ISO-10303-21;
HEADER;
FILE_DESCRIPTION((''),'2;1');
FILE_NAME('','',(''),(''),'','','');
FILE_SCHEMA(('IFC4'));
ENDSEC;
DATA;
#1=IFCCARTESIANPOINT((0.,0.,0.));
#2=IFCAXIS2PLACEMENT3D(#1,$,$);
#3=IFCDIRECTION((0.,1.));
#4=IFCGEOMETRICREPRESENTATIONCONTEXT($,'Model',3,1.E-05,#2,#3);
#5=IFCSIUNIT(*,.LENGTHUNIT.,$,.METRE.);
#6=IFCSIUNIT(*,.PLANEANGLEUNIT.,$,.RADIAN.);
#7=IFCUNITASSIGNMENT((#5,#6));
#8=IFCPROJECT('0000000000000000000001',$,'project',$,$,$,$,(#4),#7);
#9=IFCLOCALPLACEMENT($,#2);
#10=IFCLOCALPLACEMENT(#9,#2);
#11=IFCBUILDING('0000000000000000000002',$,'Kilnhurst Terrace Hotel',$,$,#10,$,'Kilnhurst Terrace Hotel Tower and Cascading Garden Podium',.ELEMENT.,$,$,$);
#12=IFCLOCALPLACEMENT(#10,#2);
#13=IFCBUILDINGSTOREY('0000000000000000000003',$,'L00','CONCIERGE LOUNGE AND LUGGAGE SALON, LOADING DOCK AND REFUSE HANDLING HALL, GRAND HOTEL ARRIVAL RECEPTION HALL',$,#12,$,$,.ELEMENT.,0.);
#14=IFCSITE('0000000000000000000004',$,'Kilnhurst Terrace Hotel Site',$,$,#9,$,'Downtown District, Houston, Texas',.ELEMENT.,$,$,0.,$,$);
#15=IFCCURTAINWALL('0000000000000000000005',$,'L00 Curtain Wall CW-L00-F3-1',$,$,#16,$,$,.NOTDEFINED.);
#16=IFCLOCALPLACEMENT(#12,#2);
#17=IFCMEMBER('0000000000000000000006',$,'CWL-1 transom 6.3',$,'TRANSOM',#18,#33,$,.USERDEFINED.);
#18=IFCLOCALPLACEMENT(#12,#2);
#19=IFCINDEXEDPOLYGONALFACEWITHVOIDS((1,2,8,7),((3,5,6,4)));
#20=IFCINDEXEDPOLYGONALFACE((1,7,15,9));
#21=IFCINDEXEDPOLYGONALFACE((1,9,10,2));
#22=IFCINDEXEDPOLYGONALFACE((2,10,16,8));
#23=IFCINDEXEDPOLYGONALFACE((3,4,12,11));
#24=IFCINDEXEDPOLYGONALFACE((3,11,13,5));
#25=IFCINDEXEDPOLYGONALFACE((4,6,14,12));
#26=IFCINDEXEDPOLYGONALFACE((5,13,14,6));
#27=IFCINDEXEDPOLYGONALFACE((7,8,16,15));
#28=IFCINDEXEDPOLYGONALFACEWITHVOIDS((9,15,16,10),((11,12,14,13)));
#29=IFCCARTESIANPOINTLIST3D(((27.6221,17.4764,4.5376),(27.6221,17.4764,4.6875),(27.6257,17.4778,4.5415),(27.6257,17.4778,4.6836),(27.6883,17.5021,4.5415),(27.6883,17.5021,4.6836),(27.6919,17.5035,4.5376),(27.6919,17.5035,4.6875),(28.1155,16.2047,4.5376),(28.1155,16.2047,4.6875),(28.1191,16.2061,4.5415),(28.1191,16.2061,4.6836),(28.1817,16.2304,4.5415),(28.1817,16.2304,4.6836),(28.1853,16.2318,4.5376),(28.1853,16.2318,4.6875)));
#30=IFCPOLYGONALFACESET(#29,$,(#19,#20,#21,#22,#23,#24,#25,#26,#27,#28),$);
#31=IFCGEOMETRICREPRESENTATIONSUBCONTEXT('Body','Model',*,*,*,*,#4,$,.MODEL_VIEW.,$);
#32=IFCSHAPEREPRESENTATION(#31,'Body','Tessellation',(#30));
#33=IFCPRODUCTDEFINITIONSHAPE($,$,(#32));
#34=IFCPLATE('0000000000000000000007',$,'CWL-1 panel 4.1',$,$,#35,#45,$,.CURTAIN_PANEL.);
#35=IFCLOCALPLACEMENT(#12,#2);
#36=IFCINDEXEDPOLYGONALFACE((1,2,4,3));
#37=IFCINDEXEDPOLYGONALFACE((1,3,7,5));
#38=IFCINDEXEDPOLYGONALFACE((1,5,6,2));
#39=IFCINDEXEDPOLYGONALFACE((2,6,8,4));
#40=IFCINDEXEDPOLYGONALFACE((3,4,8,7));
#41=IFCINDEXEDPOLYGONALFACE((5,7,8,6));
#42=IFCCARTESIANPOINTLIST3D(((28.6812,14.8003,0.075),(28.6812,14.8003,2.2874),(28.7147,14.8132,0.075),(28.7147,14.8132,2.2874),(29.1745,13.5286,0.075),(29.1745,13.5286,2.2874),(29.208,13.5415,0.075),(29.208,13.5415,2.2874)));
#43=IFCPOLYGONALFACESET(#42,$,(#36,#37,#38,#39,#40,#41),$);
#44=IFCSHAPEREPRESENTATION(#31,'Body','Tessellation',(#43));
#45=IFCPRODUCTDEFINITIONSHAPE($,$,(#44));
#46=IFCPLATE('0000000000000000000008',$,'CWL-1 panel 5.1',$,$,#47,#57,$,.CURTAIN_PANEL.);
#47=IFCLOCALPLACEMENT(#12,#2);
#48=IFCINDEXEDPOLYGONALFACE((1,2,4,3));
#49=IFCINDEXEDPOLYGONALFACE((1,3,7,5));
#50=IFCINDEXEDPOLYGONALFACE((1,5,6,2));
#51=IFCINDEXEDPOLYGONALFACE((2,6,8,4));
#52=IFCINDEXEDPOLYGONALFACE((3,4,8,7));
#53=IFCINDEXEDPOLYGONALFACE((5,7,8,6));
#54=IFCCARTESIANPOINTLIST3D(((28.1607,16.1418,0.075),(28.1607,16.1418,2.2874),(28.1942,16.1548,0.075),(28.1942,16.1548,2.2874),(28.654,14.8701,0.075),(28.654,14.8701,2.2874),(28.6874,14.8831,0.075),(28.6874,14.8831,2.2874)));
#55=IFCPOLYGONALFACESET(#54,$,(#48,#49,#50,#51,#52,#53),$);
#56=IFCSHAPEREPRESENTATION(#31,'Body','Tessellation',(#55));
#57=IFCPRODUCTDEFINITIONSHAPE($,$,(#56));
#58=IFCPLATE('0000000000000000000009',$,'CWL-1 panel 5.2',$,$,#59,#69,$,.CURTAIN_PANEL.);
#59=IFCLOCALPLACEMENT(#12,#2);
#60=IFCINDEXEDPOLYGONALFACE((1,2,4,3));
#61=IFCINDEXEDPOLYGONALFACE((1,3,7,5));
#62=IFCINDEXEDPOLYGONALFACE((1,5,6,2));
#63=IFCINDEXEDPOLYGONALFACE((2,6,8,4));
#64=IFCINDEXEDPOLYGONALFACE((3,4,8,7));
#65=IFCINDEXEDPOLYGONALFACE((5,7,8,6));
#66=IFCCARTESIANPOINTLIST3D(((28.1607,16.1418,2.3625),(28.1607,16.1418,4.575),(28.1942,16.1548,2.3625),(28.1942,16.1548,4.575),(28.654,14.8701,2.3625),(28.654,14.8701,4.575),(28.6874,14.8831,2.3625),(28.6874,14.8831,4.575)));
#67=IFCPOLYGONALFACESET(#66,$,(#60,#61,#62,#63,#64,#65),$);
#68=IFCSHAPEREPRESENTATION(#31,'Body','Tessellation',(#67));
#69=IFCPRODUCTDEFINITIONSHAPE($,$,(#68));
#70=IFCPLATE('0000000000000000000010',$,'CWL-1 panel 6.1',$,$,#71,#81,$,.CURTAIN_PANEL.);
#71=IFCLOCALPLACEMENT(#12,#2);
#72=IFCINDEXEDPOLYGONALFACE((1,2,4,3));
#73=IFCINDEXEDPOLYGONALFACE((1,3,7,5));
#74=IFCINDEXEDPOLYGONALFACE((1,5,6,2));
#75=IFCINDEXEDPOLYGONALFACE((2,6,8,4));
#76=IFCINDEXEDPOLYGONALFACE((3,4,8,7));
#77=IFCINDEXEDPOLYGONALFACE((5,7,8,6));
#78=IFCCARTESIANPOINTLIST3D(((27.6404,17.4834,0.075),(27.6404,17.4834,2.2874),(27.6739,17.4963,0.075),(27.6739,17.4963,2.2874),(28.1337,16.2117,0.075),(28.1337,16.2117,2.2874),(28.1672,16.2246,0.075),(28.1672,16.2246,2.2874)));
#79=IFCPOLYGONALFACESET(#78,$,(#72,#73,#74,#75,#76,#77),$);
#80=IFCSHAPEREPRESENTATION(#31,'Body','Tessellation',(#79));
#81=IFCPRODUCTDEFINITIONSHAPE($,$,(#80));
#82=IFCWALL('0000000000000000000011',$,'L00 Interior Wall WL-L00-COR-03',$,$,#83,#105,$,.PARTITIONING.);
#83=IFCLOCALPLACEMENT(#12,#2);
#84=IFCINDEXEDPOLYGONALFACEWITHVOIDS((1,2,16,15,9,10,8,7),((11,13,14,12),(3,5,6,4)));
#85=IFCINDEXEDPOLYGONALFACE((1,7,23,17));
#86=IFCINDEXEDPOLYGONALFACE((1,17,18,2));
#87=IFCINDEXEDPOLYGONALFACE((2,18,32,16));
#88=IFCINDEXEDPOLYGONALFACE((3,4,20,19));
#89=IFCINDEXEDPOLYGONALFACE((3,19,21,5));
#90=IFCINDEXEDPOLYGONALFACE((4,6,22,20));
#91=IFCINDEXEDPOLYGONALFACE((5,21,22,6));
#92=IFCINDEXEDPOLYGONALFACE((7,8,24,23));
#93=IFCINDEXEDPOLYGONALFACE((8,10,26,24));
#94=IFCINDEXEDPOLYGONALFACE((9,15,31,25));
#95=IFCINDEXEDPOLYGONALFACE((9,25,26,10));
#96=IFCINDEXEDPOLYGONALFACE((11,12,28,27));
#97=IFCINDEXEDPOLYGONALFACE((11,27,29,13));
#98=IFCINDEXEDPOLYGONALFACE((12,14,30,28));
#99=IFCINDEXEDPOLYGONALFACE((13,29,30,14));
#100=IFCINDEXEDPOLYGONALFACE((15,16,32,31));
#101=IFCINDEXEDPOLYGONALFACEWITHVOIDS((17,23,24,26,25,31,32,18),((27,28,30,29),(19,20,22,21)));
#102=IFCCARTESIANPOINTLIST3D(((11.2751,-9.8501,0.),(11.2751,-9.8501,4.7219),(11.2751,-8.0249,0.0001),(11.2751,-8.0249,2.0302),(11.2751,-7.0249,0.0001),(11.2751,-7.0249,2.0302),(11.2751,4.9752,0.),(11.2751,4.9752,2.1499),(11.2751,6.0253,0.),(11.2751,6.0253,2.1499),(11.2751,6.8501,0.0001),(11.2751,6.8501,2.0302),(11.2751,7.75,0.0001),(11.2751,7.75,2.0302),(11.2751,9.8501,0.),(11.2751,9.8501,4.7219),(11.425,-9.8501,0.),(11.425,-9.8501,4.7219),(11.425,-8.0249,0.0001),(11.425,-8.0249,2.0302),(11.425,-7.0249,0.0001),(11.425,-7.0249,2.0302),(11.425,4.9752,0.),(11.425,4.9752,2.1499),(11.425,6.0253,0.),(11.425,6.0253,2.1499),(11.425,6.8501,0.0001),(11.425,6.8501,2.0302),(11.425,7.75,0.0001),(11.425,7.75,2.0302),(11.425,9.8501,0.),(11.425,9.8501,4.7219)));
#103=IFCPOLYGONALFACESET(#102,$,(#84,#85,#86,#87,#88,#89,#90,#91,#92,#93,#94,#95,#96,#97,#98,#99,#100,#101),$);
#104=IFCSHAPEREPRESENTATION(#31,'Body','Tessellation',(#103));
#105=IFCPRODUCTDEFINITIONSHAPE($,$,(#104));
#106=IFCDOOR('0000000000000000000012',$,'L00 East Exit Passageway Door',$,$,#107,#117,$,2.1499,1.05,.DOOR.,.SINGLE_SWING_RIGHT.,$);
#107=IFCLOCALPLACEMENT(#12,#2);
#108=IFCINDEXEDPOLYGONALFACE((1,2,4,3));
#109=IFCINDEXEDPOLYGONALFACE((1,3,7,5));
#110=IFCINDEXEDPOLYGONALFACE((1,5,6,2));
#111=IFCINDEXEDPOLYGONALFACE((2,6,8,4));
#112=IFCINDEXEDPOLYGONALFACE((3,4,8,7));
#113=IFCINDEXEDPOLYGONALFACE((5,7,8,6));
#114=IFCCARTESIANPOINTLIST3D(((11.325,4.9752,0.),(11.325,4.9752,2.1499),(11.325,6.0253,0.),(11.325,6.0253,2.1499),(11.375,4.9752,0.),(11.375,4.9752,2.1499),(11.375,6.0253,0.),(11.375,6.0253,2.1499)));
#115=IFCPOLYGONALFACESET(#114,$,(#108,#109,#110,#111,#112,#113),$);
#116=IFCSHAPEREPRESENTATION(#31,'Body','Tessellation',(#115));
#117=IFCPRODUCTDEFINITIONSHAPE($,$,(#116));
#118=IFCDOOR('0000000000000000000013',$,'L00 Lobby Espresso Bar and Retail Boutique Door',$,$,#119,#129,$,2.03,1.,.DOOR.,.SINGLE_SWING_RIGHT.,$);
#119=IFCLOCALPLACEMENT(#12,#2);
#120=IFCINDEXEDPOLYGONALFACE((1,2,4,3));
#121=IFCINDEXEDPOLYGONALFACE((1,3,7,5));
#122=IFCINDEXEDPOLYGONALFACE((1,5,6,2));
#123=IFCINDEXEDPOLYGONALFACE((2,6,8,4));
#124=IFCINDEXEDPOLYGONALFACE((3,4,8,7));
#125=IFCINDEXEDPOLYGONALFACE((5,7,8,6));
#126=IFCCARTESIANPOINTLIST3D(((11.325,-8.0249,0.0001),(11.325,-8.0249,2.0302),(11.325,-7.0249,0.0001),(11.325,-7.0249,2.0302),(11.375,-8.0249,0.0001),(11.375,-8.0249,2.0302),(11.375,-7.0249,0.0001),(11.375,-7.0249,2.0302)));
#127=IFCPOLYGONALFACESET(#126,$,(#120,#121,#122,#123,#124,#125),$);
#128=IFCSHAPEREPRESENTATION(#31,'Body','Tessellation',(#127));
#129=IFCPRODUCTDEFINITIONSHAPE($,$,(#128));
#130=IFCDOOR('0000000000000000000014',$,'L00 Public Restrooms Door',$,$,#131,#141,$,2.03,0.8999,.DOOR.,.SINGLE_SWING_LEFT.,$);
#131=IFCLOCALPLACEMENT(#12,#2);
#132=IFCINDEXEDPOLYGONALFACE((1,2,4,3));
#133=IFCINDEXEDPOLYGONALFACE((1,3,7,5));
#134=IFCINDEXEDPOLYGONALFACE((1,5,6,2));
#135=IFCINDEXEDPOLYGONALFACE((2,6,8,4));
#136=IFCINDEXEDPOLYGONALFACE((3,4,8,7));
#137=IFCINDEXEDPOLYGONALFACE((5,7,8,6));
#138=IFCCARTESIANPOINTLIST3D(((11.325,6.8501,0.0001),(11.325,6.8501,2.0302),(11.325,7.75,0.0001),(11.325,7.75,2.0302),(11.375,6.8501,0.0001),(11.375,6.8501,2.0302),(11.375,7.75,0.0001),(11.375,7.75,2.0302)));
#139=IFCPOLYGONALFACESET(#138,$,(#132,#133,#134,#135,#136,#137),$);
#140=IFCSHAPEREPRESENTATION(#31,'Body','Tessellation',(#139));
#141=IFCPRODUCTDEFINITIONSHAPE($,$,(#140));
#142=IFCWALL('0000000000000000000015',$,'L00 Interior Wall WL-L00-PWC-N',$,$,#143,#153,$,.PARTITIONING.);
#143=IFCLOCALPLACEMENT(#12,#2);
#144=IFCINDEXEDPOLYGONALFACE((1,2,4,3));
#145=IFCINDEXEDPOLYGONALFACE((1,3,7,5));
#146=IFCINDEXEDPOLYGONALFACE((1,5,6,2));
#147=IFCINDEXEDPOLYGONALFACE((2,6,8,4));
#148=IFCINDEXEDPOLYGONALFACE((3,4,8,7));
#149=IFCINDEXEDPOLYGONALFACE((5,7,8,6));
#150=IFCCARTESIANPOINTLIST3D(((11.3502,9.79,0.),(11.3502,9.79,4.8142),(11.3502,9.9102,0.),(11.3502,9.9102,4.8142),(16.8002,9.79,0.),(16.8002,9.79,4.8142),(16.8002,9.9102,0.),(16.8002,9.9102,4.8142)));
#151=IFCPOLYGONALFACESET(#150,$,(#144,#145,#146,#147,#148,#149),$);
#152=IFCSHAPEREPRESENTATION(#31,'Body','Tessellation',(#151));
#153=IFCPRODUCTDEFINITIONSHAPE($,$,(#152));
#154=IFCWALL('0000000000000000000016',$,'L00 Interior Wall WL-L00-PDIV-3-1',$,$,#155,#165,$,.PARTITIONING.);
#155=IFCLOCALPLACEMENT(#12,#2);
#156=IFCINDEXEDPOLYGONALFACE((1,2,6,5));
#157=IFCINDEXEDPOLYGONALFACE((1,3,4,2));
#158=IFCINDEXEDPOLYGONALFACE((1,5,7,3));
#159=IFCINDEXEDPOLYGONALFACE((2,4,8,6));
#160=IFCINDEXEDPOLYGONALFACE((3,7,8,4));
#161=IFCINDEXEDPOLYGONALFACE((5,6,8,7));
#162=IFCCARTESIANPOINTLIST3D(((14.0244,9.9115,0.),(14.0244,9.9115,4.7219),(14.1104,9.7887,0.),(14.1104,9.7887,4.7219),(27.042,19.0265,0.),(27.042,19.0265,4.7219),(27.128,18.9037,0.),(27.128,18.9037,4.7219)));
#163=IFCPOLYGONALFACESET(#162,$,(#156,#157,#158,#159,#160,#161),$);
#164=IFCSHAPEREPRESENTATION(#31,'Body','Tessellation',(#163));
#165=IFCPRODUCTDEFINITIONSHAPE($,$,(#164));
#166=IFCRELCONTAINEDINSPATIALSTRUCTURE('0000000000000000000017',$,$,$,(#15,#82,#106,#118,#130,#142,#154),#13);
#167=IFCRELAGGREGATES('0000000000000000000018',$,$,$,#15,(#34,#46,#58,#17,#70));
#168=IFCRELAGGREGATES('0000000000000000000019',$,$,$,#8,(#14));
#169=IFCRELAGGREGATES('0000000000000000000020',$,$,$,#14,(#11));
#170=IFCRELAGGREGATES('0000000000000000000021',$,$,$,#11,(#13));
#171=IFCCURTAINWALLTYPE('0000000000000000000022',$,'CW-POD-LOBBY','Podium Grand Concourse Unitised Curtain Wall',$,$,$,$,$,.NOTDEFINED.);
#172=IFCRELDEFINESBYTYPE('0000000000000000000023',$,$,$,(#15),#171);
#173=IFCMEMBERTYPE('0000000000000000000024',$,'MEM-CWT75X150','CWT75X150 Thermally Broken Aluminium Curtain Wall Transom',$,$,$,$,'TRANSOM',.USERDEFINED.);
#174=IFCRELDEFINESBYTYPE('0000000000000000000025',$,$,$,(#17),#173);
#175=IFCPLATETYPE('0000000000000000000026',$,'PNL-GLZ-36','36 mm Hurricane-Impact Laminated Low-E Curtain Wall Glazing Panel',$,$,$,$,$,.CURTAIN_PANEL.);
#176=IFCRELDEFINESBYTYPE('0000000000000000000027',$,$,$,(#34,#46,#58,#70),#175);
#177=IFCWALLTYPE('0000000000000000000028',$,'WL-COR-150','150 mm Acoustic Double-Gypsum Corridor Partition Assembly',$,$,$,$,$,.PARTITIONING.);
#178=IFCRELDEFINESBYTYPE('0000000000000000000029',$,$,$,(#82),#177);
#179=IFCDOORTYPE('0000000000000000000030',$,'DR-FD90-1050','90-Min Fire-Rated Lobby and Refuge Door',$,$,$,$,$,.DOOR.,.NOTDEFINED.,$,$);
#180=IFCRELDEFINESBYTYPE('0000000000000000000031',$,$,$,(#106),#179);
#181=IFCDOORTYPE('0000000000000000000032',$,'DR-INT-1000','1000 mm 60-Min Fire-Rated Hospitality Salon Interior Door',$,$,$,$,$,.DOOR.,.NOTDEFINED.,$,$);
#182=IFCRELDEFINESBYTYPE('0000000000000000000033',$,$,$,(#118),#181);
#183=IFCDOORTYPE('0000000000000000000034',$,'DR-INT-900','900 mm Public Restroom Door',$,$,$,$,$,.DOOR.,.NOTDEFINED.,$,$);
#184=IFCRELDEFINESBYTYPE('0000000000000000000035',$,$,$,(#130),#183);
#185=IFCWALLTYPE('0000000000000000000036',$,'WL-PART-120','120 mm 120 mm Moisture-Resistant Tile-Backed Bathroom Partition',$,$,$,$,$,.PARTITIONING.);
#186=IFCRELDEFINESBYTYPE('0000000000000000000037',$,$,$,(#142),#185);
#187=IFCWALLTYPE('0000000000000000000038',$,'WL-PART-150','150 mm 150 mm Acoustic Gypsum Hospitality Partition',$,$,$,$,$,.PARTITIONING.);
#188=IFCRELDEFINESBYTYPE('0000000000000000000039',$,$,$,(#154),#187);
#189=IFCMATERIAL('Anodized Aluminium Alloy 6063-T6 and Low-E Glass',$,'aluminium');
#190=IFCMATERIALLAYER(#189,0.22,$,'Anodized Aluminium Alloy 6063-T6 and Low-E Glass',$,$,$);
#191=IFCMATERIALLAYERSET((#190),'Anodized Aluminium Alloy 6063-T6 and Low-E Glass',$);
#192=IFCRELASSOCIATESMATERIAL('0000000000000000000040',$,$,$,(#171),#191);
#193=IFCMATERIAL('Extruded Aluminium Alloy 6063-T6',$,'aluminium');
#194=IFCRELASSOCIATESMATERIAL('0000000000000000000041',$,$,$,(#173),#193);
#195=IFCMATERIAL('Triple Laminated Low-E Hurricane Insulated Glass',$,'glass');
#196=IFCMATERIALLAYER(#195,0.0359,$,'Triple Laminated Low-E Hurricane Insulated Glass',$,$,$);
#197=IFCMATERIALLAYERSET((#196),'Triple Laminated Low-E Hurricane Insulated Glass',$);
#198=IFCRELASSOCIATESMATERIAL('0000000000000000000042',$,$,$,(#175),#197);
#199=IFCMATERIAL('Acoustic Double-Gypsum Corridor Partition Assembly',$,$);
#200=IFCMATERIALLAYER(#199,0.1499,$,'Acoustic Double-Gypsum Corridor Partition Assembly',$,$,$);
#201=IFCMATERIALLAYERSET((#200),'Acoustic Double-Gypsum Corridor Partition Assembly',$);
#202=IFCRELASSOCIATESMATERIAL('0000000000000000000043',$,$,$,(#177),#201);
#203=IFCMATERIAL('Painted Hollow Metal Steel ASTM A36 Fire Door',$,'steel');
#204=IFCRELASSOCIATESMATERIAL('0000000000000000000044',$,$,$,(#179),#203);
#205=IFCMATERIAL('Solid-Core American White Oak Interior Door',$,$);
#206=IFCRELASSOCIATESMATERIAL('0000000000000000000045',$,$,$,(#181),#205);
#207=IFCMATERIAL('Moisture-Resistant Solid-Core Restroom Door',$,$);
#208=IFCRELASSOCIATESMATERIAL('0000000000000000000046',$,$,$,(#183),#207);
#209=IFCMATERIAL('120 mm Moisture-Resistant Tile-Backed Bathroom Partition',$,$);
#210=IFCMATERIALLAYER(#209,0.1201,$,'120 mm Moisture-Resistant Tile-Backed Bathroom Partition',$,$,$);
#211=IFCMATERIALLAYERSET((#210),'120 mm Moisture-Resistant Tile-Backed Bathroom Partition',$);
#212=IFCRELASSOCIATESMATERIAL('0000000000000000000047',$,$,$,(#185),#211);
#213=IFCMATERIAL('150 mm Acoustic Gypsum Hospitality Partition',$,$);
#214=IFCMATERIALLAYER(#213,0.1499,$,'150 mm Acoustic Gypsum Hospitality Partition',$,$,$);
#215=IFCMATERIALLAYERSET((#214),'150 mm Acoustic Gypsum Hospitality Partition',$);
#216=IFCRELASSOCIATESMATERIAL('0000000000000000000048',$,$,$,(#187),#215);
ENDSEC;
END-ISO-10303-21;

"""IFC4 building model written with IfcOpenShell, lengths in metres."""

from ifc_helpers import new_model, si_unit, direction, frame, frame_2d, origin, origin_2d, place, context, subcontext, project, spatial, rectangle, hollow_rectangle, extrude, material, layer, layer_set, material_profile, profile_set, type_object, element, fill, aggregate, save


model = new_model("IFC4")

# Units and contexts
model_context = context("Model", 3, precision=1e-05, world=origin(), true_north=direction((0.0, 1.0)))
body_context = subcontext(model_context, "Body", "Model", "MODEL_VIEW")
ifc_project = project(units=[si_unit("LENGTHUNIT", "METRE"), si_unit("PLANEANGLEUNIT", "RADIAN")], contexts=[model_context])

# Site, building, storey
site_placement = place(None, origin())
site = spatial("IfcSite", under=ifc_project, at=site_placement, Name="Kilnhurst Terrace Hotel Site", LongName="Downtown District, Houston, Texas", CompositionType="ELEMENT", RefElevation=0.0)
building_placement = place(site_placement, origin())
building = spatial("IfcBuilding", under=site, at=building_placement, Name="Kilnhurst Terrace Hotel", LongName="Kilnhurst Terrace Hotel Tower and Cascading Garden Podium", CompositionType="ELEMENT")
storey_placement = place(building_placement, origin())
storey = spatial("IfcBuildingStorey", under=building, at=storey_placement, Name="L00", Description="CONCIERGE LOUNGE AND LUGGAGE SALON, LOADING DOCK AND REFUSE HANDLING HALL, GRAND HOTEL ARRIVAL RECEPTION HALL", CompositionType="ELEMENT", Elevation=0.0)

# Curtain wall, member, plates
ifc_material_1 = material(Name="Anodized Aluminium Alloy 6063-T6 and Low-E Glass", Category="aluminium")
ifc_layer_1 = layer(ifc_material_1, 0.22, Name="Anodized Aluminium Alloy 6063-T6 and Low-E Glass")
ifc_layer_set_1 = layer_set([ifc_layer_1], Name="Anodized Aluminium Alloy 6063-T6 and Low-E Glass")
curtain_wall_type = type_object("IfcCurtainWallType", Name="CW-POD-LOBBY", Description="Podium Grand Concourse Unitised Curtain Wall", PredefinedType="NOTDEFINED", material=ifc_layer_set_1)
curtain_wall_placement = place(storey_placement, origin())
curtain_wall = element("IfcCurtainWall", 1, at=curtain_wall_placement, inside=storey, type_object=curtain_wall_type, Name="L00 Curtain Wall CW-L00-F3-1", PredefinedType="NOTDEFINED")
ifc_material_2 = material(Name="Extruded Aluminium Alloy 6063-T6", Category="aluminium")
ifc_material_profile_1 = material_profile(ifc_material_2, hollow_rectangle(XDim=0.075, YDim=0.1499, WallThickness=0.0039, at=origin_2d()), Name="CWT75X150")
ifc_profile_set_1 = profile_set([ifc_material_profile_1], Name="Extruded Aluminium Alloy 6063-T6")
member_type_1 = type_object("IfcMemberType", Name="MEM-CWT75X150", Description="CWT75X150 Thermally Broken Aluminium Curtain Wall Transom", ElementType="TRANSOM", PredefinedType="USERDEFINED", material=ifc_profile_set_1)
member_1_placement = place(storey_placement, frame((28.1504, 16.2183, 4.6125), z_axis=(-0.361712, 0.93229, 0.0), x_axis=(-0.93229, -0.361712, 0.0)))
member_1 = element("IfcMember", 2, at=member_1_placement, type_object=member_type_1, Name="CWL-1 transom 6.3", ObjectType="TRANSOM", PredefinedType="USERDEFINED", context=body_context, shape_type="SweptSolid", body=[
    extrude(hollow_rectangle(XDim=0.075, YDim=0.1499, WallThickness=0.0039, at=origin_2d()), origin(), (0.0, 0.0, 1.0), 1.364),
])
ifc_material_3 = material(Name="Triple Laminated Low-E Hurricane Insulated Glass", Category="glass")
ifc_layer_2 = layer(ifc_material_3, 0.0359, Name="Triple Laminated Low-E Hurricane Insulated Glass")
ifc_layer_set_2 = layer_set([ifc_layer_2], Name="Triple Laminated Low-E Hurricane Insulated Glass")
plate_type = type_object("IfcPlateType", Name="PNL-GLZ-36", Description="36 mm Hurricane-Impact Laminated Low-E Curtain Wall Glazing Panel", PredefinedType="CURTAIN_PANEL", material=ifc_layer_set_2)
plate_1_placement = place(storey_placement, frame((28.9446, 14.1709, 0.075), z_axis=(0.0, 0.0, 1.0), x_axis=(-0.361639, 0.932318, 0.0)))
plate_1 = element("IfcPlate", 3, at=plate_1_placement, type_object=plate_type, Name="CWL-1 panel 4.1", PredefinedType="CURTAIN_PANEL", context=body_context, shape_type="SweptSolid", body=[
    extrude(rectangle(XDim=1.364, YDim=0.0359, at=origin_2d()), origin(), (0.0, 0.0, 1.0), 2.2124),
])
plate_2_placement = place(storey_placement, frame((28.4241, 15.5125, 0.075), z_axis=(0.0, 0.0, 1.0), x_axis=(-0.361639, 0.932318, 0.0)))
plate_2 = element("IfcPlate", 4, at=plate_2_placement, type_object=plate_type, Name="CWL-1 panel 5.1", PredefinedType="CURTAIN_PANEL", context=body_context, shape_type="SweptSolid", body=[
    extrude(rectangle(XDim=1.364, YDim=0.0359, at=origin_2d()), origin(), (0.0, 0.0, 1.0), 2.2124),
])
plate_3_placement = place(storey_placement, frame((28.4241, 15.5125, 2.3625), z_axis=(0.0, 0.0, 1.0), x_axis=(-0.361639, 0.932318, 0.0)))
plate_3 = element("IfcPlate", 5, at=plate_3_placement, type_object=plate_type, Name="CWL-1 panel 5.2", PredefinedType="CURTAIN_PANEL", context=body_context, shape_type="SweptSolid", body=[
    extrude(rectangle(XDim=1.364, YDim=0.0359, at=origin_2d()), origin(), (0.0, 0.0, 1.0), 2.2124),
])
plate_4_placement = place(storey_placement, frame((27.9038, 16.854, 0.075), z_axis=(0.0, 0.0, 1.0), x_axis=(-0.361639, 0.932318, 0.0)))
plate_4 = element("IfcPlate", 6, at=plate_4_placement, type_object=plate_type, Name="CWL-1 panel 6.1", PredefinedType="CURTAIN_PANEL", context=body_context, shape_type="SweptSolid", body=[
    extrude(rectangle(XDim=1.364, YDim=0.0359, at=origin_2d()), origin(), (0.0, 0.0, 1.0), 2.2124),
])
aggregate(curtain_wall, [plate_1, plate_2, plate_3, member_1, plate_4])

# Wall, openings, doors
ifc_material_4 = material(Name="Acoustic Double-Gypsum Corridor Partition Assembly")
ifc_layer_3 = layer(ifc_material_4, 0.1499, Name="Acoustic Double-Gypsum Corridor Partition Assembly")
ifc_layer_set_3 = layer_set([ifc_layer_3], Name="Acoustic Double-Gypsum Corridor Partition Assembly")
wall_type_1 = type_object("IfcWallType", Name="WL-COR-150", Description="150 mm Acoustic Double-Gypsum Corridor Partition Assembly", PredefinedType="PARTITIONING", material=ifc_layer_set_3)
wall_1_placement = place(storey_placement, frame((11.3501, 9.8501, 0.0), z_axis=(0.0, 0.0, 1.0), x_axis=(0.0, -1.0, 0.0)))
wall_1 = element("IfcWall", 7, at=wall_1_placement, inside=storey, type_object=wall_type_1, Name="L00 Interior Wall WL-L00-COR-03", PredefinedType="PARTITIONING", context=body_context, shape_type="SweptSolid", body=[
    extrude(rectangle(XDim=19.7002, YDim=0.1499, at=frame_2d((9.8501, 0.0))), origin(), (0.0, 0.0, 1.0), 4.7219),
])
opening_1_placement = place(wall_1_placement, frame((3.825, 0.0, 0.0)))
opening_1 = element("IfcOpeningElement", 8, at=opening_1_placement, cuts=wall_1, PredefinedType="OPENING", context=body_context, shape_type="SweptSolid", body=[
    extrude(rectangle(XDim=1.05, YDim=2.1499, at=frame_2d((0.5249, 1.075))), frame((0.0, 0.085, 0.0), z_axis=(0.0, -1.0, 0.0), x_axis=(1.0, 0.0, 0.0)), (0.0, 0.0, 1.0), 0.1699),
])
opening_2_placement = place(wall_1_placement, frame((2.1001, 0.0, 0.0)))
opening_2 = element("IfcOpeningElement", 9, at=opening_2_placement, cuts=wall_1, PredefinedType="OPENING", context=body_context, shape_type="SweptSolid", body=[
    extrude(rectangle(XDim=0.8999, YDim=2.03, at=frame_2d((0.45, 1.0151))), frame((0.0, 0.085, 0.0), z_axis=(0.0, -1.0, 0.0), x_axis=(1.0, 0.0, 0.0)), (0.0, 0.0, 1.0), 0.1699),
])
opening_3_placement = place(wall_1_placement, frame((16.875, 0.0, 0.0)))
opening_3 = element("IfcOpeningElement", 10, at=opening_3_placement, cuts=wall_1, PredefinedType="OPENING", context=body_context, shape_type="SweptSolid", body=[
    extrude(rectangle(XDim=1.0, YDim=2.03, at=frame_2d((0.5, 1.0151))), frame((0.0, 0.085, 0.0), z_axis=(0.0, -1.0, 0.0), x_axis=(1.0, 0.0, 0.0)), (0.0, 0.0, 1.0), 0.1699),
])
ifc_material_5 = material(Name="Painted Hollow Metal Steel ASTM A36 Fire Door", Category="steel")
door_type_1 = type_object("IfcDoorType", Name="DR-FD90-1050", Description="90-Min Fire-Rated Lobby and Refuge Door", OperationType="NOTDEFINED", PredefinedType="DOOR", material=ifc_material_5)
door_1_placement = place(opening_1_placement, origin())
door_1 = element("IfcDoor", 11, at=door_1_placement, inside=storey, type_object=door_type_1, Name="L00 East Exit Passageway Door", OperationType="SINGLE_SWING_RIGHT", OverallHeight=2.1499, OverallWidth=1.05, PredefinedType="DOOR", context=body_context, shape_type="SweptSolid", body=[
    extrude(rectangle(XDim=1.05, YDim=2.1499, at=frame_2d((0.5249, 1.075))), frame((0.0, 0.0249, 0.0), z_axis=(0.0, -1.0, 0.0), x_axis=(1.0, 0.0, 0.0)), (0.0, 0.0, 1.0), 0.05),
])
fill(opening_1, door_1)
ifc_material_6 = material(Name="Solid-Core American White Oak Interior Door")
door_type_2 = type_object("IfcDoorType", Name="DR-INT-1000", Description="1000 mm 60-Min Fire-Rated Hospitality Salon Interior Door", OperationType="NOTDEFINED", PredefinedType="DOOR", material=ifc_material_6)
door_2_placement = place(opening_3_placement, origin())
door_2 = element("IfcDoor", 12, at=door_2_placement, inside=storey, type_object=door_type_2, Name="L00 Lobby Espresso Bar and Retail Boutique Door", OperationType="SINGLE_SWING_RIGHT", OverallHeight=2.03, OverallWidth=1.0, PredefinedType="DOOR", context=body_context, shape_type="SweptSolid", body=[
    extrude(rectangle(XDim=1.0, YDim=2.03, at=frame_2d((0.5, 1.0151))), frame((0.0, 0.0249, 0.0), z_axis=(0.0, -1.0, 0.0), x_axis=(1.0, 0.0, 0.0)), (0.0, 0.0, 1.0), 0.05),
])
fill(opening_3, door_2)
ifc_material_7 = material(Name="Moisture-Resistant Solid-Core Restroom Door")
door_type_3 = type_object("IfcDoorType", Name="DR-INT-900", Description="900 mm Public Restroom Door", OperationType="NOTDEFINED", PredefinedType="DOOR", material=ifc_material_7)
door_3_placement = place(opening_2_placement, origin())
door_3 = element("IfcDoor", 13, at=door_3_placement, inside=storey, type_object=door_type_3, Name="L00 Public Restrooms Door", OperationType="SINGLE_SWING_LEFT", OverallHeight=2.03, OverallWidth=0.8999, PredefinedType="DOOR", context=body_context, shape_type="SweptSolid", body=[
    extrude(rectangle(XDim=0.8999, YDim=2.03, at=frame_2d((0.45, 1.0151))), frame((0.0, 0.0249, 0.0), z_axis=(0.0, -1.0, 0.0), x_axis=(1.0, 0.0, 0.0)), (0.0, 0.0, 1.0), 0.05),
])
fill(opening_2, door_3)

# Walls
ifc_material_8 = material(Name="120 mm Moisture-Resistant Tile-Backed Bathroom Partition")
ifc_layer_4 = layer(ifc_material_8, 0.1201, Name="120 mm Moisture-Resistant Tile-Backed Bathroom Partition")
ifc_layer_set_4 = layer_set([ifc_layer_4], Name="120 mm Moisture-Resistant Tile-Backed Bathroom Partition")
wall_type_2 = type_object("IfcWallType", Name="WL-PART-120", Description="120 mm 120 mm Moisture-Resistant Tile-Backed Bathroom Partition", PredefinedType="PARTITIONING", material=ifc_layer_set_4)
wall_2_placement = place(storey_placement, frame((11.3501, 9.8501, 0.0), z_axis=(0.0, 0.0, 1.0), x_axis=(1.0, 0.0, 0.0)))
element("IfcWall", 14, at=wall_2_placement, inside=storey, type_object=wall_type_2, Name="L00 Interior Wall WL-L00-PWC-N", PredefinedType="PARTITIONING", context=body_context, shape_type="SweptSolid", body=[
    extrude(rectangle(XDim=5.45, YDim=0.1201, at=frame_2d((2.7251, 0.0))), origin(), (0.0, 0.0, 1.0), 4.8142),
])
ifc_material_9 = material(Name="150 mm Acoustic Gypsum Hospitality Partition")
ifc_layer_5 = layer(ifc_material_9, 0.1499, Name="150 mm Acoustic Gypsum Hospitality Partition")
ifc_layer_set_5 = layer_set([ifc_layer_5], Name="150 mm Acoustic Gypsum Hospitality Partition")
wall_type_3 = type_object("IfcWallType", Name="WL-PART-150", Description="150 mm 150 mm Acoustic Gypsum Hospitality Partition", PredefinedType="PARTITIONING", material=ifc_layer_set_5)
wall_3_placement = place(storey_placement, frame((14.0674, 9.8501, 0.0), z_axis=(0.0, 0.0, 1.0), x_axis=(0.819153, 0.573576, 0.0)))
element("IfcWall", 15, at=wall_3_placement, inside=storey, type_object=wall_type_3, Name="L00 Interior Wall WL-L00-PDIV-3-1", PredefinedType="PARTITIONING", context=body_context, shape_type="SweptSolid", body=[
    extrude(rectangle(XDim=15.8916, YDim=0.1499, at=frame_2d((7.9458, 0.0))), origin(), (0.0, 0.0, 1.0), 4.7219),
])

save(model, "model.ifc")
